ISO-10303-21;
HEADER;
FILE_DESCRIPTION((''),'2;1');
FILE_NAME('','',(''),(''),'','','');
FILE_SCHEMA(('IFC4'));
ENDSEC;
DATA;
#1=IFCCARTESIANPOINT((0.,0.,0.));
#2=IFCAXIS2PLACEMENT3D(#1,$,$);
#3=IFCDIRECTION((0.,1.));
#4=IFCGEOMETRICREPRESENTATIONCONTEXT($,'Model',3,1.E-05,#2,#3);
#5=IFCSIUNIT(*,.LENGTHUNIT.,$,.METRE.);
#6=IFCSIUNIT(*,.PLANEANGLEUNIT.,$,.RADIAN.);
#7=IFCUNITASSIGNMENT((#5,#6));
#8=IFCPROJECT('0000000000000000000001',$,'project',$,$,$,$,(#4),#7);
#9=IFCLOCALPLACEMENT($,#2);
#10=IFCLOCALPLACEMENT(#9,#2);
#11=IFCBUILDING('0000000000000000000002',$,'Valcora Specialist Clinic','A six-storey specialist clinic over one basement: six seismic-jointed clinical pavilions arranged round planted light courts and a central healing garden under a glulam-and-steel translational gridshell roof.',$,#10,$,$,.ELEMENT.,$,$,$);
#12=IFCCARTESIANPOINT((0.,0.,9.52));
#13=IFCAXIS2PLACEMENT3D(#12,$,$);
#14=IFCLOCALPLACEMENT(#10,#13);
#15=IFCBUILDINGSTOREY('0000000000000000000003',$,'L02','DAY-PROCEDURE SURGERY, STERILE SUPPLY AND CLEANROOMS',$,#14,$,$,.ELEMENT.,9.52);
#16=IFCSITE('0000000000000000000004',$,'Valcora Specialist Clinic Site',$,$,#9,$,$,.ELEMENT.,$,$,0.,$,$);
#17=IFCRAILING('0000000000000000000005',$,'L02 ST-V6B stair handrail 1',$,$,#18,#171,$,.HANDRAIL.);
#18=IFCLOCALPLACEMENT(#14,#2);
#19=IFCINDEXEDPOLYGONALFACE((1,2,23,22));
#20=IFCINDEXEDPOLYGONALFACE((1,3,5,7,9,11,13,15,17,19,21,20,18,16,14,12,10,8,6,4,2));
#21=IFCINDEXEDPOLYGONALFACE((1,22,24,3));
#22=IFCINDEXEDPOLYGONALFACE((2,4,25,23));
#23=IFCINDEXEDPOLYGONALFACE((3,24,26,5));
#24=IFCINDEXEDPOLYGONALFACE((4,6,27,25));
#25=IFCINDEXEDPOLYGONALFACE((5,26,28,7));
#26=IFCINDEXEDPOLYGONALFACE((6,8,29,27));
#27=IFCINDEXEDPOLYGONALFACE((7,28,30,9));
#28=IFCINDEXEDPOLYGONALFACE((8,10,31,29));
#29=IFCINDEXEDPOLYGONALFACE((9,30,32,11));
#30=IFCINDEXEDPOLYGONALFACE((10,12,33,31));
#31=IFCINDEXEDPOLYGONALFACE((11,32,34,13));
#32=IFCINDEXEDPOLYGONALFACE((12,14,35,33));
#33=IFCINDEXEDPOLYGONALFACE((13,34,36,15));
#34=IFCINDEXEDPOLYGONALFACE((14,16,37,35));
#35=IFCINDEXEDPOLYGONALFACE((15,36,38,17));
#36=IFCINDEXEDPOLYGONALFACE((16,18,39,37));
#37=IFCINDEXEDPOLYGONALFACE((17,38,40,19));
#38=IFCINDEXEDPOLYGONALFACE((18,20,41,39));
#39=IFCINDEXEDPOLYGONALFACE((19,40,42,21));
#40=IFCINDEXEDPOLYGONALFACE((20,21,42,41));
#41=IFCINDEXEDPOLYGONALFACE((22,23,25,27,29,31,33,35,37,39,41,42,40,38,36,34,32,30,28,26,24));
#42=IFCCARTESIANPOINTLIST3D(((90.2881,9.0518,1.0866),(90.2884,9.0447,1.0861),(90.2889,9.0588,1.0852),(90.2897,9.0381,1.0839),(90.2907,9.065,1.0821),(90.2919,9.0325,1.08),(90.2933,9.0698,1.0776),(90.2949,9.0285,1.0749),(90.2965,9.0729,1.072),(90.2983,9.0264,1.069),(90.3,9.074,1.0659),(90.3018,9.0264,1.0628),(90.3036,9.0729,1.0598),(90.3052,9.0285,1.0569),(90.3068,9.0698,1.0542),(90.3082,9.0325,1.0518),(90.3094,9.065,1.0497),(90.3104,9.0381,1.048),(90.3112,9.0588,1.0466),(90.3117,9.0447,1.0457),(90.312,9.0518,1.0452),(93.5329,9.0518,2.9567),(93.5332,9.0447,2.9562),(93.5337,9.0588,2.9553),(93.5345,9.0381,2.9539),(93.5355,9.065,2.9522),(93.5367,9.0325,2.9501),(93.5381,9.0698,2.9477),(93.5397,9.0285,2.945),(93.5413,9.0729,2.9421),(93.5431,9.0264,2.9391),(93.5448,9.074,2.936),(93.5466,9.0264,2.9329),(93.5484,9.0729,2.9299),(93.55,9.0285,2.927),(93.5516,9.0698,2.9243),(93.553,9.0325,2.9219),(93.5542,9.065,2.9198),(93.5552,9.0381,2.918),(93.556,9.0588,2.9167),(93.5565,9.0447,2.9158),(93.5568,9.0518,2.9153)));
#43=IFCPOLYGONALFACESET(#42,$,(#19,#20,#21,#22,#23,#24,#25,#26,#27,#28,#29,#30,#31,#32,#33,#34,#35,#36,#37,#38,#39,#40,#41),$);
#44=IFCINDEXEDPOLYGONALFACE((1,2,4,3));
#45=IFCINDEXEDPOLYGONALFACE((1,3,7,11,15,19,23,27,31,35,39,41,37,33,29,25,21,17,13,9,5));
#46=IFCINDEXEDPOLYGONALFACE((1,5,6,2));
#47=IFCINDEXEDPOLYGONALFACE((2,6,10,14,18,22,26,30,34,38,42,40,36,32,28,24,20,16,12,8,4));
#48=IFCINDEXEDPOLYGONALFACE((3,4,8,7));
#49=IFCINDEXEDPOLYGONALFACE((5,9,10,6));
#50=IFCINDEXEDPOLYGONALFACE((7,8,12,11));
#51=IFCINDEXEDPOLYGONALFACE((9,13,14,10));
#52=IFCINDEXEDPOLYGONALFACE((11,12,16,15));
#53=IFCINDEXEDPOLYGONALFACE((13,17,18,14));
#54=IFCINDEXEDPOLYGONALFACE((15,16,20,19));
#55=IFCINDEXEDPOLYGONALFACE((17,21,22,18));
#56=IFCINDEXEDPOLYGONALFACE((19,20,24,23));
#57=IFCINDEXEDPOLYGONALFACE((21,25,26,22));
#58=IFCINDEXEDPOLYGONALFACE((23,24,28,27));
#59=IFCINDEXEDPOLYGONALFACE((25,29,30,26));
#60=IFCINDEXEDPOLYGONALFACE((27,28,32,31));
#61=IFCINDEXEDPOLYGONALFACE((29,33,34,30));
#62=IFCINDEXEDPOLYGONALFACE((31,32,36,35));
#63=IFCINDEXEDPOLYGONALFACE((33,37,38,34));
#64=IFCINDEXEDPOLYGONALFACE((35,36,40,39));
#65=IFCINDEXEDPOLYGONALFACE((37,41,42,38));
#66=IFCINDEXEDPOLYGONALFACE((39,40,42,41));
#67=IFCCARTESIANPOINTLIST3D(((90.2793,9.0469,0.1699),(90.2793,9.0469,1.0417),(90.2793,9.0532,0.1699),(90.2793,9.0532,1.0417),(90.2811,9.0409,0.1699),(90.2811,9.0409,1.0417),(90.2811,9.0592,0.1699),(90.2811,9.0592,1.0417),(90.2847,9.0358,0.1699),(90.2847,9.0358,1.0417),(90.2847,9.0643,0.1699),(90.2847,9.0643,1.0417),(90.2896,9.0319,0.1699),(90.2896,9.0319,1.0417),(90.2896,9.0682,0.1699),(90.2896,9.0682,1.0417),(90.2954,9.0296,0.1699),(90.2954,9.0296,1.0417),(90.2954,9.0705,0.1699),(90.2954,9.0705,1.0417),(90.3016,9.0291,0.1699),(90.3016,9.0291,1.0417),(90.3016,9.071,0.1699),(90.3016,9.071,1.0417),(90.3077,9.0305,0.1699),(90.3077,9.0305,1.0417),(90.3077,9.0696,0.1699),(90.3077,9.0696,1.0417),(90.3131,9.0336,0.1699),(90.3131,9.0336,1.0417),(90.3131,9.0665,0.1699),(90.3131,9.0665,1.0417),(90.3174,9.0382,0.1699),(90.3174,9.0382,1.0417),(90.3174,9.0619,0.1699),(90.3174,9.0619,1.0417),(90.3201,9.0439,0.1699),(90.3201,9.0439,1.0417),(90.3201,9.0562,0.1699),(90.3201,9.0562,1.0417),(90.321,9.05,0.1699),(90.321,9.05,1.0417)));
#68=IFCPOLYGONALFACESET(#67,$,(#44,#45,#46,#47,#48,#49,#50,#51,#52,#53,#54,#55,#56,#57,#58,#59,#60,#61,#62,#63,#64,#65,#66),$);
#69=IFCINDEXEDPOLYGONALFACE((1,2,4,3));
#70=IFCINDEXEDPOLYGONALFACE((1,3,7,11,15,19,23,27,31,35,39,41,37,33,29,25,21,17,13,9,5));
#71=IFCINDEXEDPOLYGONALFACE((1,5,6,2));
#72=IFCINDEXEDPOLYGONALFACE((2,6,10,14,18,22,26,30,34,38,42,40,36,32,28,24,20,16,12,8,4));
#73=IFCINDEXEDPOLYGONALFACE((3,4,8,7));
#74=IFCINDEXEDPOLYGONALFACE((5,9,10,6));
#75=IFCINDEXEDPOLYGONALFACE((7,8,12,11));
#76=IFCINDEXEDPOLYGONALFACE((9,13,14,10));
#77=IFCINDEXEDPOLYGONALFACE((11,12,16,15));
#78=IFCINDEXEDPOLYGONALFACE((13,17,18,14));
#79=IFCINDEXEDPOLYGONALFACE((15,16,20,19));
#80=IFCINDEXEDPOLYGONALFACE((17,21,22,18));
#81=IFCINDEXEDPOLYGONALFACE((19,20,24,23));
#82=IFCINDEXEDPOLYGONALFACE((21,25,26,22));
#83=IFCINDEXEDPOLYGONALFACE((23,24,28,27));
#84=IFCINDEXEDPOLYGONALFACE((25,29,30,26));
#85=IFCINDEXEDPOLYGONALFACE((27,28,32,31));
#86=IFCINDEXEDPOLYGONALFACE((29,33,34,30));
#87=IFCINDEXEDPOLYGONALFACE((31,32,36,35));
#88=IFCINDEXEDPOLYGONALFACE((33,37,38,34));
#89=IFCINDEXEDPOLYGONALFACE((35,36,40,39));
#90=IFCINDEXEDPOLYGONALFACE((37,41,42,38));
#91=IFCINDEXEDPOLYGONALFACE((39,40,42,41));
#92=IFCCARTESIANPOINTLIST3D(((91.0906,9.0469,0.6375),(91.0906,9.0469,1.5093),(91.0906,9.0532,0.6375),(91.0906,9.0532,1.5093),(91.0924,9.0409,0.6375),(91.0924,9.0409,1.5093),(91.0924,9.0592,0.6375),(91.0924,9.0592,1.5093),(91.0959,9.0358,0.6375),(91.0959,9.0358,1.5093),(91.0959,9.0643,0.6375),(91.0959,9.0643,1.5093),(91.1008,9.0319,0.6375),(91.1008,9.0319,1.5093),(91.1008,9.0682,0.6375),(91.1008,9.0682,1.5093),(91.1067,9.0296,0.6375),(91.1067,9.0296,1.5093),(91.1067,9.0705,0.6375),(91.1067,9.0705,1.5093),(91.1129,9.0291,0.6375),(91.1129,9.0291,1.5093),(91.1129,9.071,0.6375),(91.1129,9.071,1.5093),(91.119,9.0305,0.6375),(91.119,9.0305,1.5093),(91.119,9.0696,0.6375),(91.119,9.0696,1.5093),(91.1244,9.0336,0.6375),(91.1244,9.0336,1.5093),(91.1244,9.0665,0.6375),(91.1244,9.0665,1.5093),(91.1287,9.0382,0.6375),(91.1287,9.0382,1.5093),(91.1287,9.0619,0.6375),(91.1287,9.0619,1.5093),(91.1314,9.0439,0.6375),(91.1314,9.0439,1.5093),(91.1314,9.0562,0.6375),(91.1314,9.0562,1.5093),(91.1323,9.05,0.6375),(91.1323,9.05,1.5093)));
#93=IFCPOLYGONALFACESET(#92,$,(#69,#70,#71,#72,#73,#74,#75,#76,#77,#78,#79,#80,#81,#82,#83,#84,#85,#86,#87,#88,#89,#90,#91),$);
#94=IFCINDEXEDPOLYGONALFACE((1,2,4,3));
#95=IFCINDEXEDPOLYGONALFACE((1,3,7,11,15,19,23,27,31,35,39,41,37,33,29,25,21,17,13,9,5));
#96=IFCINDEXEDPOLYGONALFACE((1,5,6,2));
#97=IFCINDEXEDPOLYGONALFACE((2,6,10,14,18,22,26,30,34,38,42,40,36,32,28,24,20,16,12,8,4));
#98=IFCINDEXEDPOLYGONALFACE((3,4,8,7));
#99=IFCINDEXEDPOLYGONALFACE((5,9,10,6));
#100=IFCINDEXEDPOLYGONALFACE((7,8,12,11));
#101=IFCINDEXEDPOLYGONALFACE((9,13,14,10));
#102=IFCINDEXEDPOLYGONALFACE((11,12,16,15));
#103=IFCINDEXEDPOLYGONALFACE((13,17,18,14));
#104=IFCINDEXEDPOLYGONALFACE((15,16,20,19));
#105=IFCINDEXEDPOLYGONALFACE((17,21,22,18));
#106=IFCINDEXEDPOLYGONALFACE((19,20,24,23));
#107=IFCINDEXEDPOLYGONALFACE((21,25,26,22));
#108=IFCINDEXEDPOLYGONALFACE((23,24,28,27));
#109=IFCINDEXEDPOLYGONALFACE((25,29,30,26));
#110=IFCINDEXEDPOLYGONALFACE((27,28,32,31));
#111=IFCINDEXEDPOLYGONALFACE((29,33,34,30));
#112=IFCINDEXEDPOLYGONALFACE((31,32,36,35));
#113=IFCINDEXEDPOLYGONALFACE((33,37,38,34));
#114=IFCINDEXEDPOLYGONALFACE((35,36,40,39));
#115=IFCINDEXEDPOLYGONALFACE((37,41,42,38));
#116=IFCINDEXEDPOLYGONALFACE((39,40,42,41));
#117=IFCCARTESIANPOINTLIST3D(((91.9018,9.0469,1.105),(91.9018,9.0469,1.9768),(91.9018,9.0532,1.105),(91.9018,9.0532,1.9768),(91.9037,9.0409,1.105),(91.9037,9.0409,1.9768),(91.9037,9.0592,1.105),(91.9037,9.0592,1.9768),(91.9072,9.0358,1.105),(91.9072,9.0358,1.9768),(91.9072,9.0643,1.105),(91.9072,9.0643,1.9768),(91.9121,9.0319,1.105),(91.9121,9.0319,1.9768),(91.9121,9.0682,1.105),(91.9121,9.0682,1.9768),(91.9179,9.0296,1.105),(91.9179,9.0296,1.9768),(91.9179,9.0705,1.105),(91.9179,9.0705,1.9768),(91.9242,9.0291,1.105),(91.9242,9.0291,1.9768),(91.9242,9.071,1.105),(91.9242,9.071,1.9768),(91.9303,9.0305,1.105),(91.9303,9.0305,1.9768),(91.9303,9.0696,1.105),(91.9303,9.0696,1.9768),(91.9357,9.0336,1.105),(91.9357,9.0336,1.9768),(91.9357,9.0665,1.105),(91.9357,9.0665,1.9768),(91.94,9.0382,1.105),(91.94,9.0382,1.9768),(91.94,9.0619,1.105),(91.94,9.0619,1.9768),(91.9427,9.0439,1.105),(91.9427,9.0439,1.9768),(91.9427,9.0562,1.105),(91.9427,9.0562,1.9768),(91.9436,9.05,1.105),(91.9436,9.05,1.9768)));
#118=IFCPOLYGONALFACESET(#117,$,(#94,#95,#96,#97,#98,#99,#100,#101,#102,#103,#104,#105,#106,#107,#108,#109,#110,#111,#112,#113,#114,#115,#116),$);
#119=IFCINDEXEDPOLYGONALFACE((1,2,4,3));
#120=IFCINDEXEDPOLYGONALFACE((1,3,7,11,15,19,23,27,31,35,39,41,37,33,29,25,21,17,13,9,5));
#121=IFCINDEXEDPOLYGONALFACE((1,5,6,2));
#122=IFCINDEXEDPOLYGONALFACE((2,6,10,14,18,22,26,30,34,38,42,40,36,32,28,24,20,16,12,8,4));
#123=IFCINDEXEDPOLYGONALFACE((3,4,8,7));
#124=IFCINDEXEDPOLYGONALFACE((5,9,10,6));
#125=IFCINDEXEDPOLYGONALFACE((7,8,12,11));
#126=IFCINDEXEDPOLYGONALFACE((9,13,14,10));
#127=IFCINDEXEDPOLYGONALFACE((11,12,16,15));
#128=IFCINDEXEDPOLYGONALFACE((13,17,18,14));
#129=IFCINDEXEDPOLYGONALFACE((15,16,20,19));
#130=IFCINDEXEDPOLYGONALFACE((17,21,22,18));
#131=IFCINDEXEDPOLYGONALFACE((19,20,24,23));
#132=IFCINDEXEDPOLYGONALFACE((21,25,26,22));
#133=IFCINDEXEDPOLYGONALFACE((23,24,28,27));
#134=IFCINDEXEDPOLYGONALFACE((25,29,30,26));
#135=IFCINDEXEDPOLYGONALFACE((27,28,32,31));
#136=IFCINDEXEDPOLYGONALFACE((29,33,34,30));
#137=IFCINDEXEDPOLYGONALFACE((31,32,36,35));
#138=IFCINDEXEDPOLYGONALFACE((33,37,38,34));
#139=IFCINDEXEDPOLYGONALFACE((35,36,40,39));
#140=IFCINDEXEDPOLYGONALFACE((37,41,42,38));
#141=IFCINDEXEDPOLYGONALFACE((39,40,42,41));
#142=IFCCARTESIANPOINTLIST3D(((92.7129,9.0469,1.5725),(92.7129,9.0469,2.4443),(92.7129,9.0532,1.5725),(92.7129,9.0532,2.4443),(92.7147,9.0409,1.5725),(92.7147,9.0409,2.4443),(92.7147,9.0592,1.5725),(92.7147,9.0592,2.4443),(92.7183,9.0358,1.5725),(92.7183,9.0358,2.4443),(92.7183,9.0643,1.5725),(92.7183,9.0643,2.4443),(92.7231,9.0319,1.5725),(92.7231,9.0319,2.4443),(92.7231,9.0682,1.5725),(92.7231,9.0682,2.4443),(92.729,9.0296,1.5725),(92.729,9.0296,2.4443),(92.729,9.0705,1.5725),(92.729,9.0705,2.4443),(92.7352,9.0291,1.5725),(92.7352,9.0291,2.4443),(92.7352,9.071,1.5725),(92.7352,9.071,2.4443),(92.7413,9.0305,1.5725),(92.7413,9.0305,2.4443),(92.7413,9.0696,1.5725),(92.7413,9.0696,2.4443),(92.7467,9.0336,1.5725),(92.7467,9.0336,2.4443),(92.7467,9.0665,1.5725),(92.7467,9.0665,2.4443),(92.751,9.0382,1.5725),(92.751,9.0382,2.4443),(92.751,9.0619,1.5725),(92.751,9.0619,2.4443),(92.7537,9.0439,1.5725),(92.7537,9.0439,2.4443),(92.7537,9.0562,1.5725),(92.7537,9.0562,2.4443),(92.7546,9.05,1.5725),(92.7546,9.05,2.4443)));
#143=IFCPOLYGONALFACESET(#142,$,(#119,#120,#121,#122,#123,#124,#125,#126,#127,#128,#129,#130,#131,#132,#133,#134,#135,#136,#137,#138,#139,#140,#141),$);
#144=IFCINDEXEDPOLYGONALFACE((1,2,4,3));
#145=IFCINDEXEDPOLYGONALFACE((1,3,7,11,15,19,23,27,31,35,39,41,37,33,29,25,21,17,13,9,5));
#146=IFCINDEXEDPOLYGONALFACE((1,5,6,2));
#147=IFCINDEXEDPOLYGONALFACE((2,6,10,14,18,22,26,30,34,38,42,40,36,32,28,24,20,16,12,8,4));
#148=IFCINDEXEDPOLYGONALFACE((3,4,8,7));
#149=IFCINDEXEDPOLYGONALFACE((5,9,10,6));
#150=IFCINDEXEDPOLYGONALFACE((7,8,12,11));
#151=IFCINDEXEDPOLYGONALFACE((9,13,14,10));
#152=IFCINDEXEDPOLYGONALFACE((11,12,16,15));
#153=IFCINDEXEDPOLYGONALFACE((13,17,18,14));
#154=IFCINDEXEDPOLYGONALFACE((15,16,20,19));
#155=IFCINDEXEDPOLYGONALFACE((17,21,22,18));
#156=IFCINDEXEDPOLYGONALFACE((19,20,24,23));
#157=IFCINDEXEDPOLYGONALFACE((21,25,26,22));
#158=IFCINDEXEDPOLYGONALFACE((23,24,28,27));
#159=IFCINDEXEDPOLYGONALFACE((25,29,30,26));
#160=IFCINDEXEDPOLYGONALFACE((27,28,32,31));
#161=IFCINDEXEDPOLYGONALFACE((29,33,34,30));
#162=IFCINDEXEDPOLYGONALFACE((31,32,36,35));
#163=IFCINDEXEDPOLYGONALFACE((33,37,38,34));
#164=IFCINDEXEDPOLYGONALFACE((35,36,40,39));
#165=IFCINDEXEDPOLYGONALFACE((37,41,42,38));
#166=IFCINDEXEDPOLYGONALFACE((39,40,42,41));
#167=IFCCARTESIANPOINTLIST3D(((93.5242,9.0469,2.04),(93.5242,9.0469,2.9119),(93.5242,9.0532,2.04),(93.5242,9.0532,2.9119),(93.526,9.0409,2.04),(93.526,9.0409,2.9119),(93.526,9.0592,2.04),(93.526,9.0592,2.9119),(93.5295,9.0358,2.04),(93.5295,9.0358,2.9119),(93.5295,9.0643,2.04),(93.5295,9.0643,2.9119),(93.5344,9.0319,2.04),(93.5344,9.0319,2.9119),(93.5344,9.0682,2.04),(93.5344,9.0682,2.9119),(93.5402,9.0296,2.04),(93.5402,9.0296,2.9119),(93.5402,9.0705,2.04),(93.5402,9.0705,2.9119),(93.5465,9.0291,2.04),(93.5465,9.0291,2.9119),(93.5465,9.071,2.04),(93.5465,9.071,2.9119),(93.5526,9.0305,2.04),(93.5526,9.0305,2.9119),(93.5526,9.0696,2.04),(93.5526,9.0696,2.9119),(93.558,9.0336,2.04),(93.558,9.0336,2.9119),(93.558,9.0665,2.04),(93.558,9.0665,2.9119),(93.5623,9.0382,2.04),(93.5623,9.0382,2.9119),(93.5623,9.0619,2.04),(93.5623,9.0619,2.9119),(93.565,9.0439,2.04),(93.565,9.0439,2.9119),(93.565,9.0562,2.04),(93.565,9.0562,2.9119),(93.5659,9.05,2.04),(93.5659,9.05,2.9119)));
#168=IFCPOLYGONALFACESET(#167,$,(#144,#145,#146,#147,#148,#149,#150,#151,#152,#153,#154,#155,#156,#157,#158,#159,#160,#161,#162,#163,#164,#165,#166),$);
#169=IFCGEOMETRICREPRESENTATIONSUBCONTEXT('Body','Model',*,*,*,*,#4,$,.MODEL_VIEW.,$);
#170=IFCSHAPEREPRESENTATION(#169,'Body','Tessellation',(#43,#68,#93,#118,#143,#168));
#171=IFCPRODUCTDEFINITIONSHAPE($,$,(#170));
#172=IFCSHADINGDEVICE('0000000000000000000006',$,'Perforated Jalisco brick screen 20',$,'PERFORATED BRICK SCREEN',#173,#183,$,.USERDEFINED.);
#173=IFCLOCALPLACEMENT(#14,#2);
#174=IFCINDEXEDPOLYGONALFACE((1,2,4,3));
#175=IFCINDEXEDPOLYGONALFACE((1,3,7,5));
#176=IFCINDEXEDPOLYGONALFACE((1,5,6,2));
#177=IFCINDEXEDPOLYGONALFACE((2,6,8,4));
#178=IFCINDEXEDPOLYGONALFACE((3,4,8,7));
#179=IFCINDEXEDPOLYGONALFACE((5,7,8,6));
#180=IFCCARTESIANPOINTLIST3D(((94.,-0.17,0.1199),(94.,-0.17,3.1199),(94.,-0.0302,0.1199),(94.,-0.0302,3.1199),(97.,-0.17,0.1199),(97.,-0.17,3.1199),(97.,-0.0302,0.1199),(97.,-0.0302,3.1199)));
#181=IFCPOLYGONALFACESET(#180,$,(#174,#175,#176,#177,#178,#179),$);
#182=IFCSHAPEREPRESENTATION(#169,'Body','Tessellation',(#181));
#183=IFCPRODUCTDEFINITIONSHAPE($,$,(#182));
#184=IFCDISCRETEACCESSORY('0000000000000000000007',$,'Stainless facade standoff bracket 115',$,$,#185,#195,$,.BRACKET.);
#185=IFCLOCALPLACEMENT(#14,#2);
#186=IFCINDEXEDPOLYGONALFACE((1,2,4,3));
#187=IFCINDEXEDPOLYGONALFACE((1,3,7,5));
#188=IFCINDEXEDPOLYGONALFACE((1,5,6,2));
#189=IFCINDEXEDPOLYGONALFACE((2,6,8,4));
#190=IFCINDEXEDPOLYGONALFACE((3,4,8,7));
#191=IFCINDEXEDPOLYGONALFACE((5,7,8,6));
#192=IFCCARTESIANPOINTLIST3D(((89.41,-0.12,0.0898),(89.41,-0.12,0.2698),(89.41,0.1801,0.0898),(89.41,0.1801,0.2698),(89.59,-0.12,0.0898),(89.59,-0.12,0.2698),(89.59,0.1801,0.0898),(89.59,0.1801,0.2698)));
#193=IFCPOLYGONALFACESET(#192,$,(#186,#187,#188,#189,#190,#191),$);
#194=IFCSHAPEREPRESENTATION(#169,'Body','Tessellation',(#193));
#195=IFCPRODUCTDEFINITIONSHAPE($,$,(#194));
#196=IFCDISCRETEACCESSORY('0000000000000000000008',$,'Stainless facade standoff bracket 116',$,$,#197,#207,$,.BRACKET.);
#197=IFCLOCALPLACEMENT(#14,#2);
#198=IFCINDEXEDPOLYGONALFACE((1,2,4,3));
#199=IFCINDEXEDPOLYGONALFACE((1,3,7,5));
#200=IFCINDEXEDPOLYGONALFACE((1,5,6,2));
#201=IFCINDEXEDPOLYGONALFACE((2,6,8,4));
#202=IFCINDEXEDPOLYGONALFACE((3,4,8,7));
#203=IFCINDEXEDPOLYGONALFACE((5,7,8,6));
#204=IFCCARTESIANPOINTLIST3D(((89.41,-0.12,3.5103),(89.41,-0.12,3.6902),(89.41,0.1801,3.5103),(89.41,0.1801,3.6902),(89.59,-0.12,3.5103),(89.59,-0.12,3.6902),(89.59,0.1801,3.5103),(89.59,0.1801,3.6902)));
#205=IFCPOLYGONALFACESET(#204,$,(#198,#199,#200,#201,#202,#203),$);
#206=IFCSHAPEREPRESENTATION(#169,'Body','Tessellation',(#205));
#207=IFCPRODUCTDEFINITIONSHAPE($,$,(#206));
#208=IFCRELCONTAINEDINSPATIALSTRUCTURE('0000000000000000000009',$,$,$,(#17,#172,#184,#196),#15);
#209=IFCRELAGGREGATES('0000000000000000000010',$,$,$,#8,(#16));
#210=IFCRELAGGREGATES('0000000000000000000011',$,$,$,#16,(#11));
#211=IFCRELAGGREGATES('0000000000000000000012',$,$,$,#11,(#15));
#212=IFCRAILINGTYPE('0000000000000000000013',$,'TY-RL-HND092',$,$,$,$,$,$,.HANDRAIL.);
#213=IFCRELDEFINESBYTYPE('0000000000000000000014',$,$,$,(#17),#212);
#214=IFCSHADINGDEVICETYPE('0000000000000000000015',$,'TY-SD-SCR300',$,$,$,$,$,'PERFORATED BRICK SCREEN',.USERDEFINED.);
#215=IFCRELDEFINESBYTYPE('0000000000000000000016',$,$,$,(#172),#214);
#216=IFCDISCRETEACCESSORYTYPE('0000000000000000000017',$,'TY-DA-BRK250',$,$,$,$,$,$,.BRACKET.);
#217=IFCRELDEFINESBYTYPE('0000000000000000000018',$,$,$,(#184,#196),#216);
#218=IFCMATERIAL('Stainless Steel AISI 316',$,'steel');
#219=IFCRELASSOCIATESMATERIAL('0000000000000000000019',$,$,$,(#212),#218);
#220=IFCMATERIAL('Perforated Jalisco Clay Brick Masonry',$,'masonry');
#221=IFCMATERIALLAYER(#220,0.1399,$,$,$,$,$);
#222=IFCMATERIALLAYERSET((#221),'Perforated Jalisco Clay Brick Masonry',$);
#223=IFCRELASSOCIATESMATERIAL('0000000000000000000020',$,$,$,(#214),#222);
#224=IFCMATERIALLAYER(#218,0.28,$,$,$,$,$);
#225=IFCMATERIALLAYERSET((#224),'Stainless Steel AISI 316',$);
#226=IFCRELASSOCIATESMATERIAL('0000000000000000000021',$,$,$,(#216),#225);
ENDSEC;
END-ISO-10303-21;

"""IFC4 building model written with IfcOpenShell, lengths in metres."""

from ifc_helpers import new_model, si_unit, direction, frame, origin, origin_2d, place, context, subcontext, project, spatial, rectangle, circle, extrude, material, layer, layer_set, type_object, element, save


model = new_model("IFC4")

# Units and contexts
model_context = context("Model", 3, precision=1e-05, world=origin(), true_north=direction((0.0, 1.0)))
body_context = subcontext(model_context, "Body", "Model", "MODEL_VIEW")
ifc_project = project(units=[si_unit("LENGTHUNIT", "METRE"), si_unit("PLANEANGLEUNIT", "RADIAN")], contexts=[model_context])

# Site, building, storey
site_placement = place(None, origin())
site = spatial("IfcSite", under=ifc_project, at=site_placement, Name="Valcora Specialist Clinic Site", CompositionType="ELEMENT", RefElevation=0.0)
building_placement = place(site_placement, origin())
building = spatial("IfcBuilding", under=site, at=building_placement, Name="Valcora Specialist Clinic", Description="A six-storey specialist clinic over one basement: six seismic-jointed clinical pavilions arranged round planted light courts and a central healing garden under a glulam-and-steel translational gridshell roof.", CompositionType="ELEMENT")
storey_placement = place(building_placement, frame((0.0, 0.0, 9.52)))
storey = spatial("IfcBuildingStorey", under=building, at=storey_placement, Name="L02", Description="DAY-PROCEDURE SURGERY, STERILE SUPPLY AND CLEANROOMS", CompositionType="ELEMENT", Elevation=9.52)

# Railing
ifc_material_1 = material(Name="Stainless Steel AISI 316", Category="steel")
railing_type = type_object("IfcRailingType", Name="TY-RL-HND092", PredefinedType="HANDRAIL", material=ifc_material_1)
railing_placement = place(storey_placement, frame((90.3, 9.05, 0.1699)))
element("IfcRailing", 1, at=railing_placement, inside=storey, type_object=railing_type, Name="L02 ST-V6B stair handrail 1", PredefinedType="HANDRAIL", context=body_context, shape_type="SweptSolid", body=[
    extrude(circle(Radius=0.0239, at=origin_2d()), frame((0.0, 0.0, 0.896), z_axis=(0.866408, 0.0, 0.499337), x_axis=(0.0, 1.0, 0.0)), (0.0, 0.0, 1.0), 3.7451),
    extrude(circle(Radius=0.021, at=origin_2d()), origin(), (0.0, 0.0, 1.0), 0.8718),
    extrude(circle(Radius=0.021, at=origin_2d()), frame((0.8113, 0.0, 0.4675)), (0.0, 0.0, 1.0), 0.8718),
    extrude(circle(Radius=0.021, at=origin_2d()), frame((1.6226, 0.0, 0.9351)), (0.0, 0.0, 1.0), 0.8718),
    extrude(circle(Radius=0.021, at=origin_2d()), frame((2.4336, 0.0, 1.4026)), (0.0, 0.0, 1.0), 0.8718),
    extrude(circle(Radius=0.021, at=origin_2d()), frame((3.2449, 0.0, 1.8701)), (0.0, 0.0, 1.0), 0.8718),
])

# Shading device
ifc_material_2 = material(Name="Perforated Jalisco Clay Brick Masonry", Category="masonry")
ifc_layer_1 = layer(ifc_material_2, 0.1399)
ifc_layer_set_1 = layer_set([ifc_layer_1], Name="Perforated Jalisco Clay Brick Masonry")
shading_device_type = type_object("IfcShadingDeviceType", Name="TY-SD-SCR300", ElementType="PERFORATED BRICK SCREEN", PredefinedType="USERDEFINED", material=ifc_layer_set_1)
shading_device_placement = place(storey_placement, frame((95.5, -0.1001, 0.1199), z_axis=(0.0, 0.0, 1.0), x_axis=(1.0, 0.0, 0.0)))
element("IfcShadingDevice", 2, at=shading_device_placement, inside=storey, type_object=shading_device_type, Name="Perforated Jalisco brick screen 20", ObjectType="PERFORATED BRICK SCREEN", PredefinedType="USERDEFINED", context=body_context, shape_type="SweptSolid", body=[
    extrude(rectangle(XDim=3.0, YDim=0.1399, at=origin_2d()), origin(), (0.0, 0.0, 1.0), 3.0),
])

# Discrete accessories
ifc_layer_2 = layer(ifc_material_1, 0.28)
ifc_layer_set_2 = layer_set([ifc_layer_2], Name="Stainless Steel AISI 316")
discrete_accessory_type = type_object("IfcDiscreteAccessoryType", Name="TY-DA-BRK250", PredefinedType="BRACKET", material=ifc_layer_set_2)
for number, where, z_axis, x_axis, name in (
    (3, (89.5, 0.03, 0.0898), (0.0, 0.0, 1.0), (1.0, 0.0, 0.0), "Stainless facade standoff bracket 115"),
    (4, (89.5, 0.03, 3.5103), (0.0, 0.0, 1.0), (1.0, 0.0, 0.0), "Stainless facade standoff bracket 116"),
):
    element("IfcDiscreteAccessory", number, at=place(storey_placement, frame(where, z_axis=z_axis, x_axis=x_axis)), inside=storey, type_object=discrete_accessory_type, Name=name, PredefinedType="BRACKET", context=body_context, shape_type="SweptSolid", body=[
        extrude(rectangle(XDim=0.1799, YDim=0.3, at=origin_2d()), origin(), (0.0, 0.0, 1.0), 0.1799),
    ])

save(model, "model.ifc")
